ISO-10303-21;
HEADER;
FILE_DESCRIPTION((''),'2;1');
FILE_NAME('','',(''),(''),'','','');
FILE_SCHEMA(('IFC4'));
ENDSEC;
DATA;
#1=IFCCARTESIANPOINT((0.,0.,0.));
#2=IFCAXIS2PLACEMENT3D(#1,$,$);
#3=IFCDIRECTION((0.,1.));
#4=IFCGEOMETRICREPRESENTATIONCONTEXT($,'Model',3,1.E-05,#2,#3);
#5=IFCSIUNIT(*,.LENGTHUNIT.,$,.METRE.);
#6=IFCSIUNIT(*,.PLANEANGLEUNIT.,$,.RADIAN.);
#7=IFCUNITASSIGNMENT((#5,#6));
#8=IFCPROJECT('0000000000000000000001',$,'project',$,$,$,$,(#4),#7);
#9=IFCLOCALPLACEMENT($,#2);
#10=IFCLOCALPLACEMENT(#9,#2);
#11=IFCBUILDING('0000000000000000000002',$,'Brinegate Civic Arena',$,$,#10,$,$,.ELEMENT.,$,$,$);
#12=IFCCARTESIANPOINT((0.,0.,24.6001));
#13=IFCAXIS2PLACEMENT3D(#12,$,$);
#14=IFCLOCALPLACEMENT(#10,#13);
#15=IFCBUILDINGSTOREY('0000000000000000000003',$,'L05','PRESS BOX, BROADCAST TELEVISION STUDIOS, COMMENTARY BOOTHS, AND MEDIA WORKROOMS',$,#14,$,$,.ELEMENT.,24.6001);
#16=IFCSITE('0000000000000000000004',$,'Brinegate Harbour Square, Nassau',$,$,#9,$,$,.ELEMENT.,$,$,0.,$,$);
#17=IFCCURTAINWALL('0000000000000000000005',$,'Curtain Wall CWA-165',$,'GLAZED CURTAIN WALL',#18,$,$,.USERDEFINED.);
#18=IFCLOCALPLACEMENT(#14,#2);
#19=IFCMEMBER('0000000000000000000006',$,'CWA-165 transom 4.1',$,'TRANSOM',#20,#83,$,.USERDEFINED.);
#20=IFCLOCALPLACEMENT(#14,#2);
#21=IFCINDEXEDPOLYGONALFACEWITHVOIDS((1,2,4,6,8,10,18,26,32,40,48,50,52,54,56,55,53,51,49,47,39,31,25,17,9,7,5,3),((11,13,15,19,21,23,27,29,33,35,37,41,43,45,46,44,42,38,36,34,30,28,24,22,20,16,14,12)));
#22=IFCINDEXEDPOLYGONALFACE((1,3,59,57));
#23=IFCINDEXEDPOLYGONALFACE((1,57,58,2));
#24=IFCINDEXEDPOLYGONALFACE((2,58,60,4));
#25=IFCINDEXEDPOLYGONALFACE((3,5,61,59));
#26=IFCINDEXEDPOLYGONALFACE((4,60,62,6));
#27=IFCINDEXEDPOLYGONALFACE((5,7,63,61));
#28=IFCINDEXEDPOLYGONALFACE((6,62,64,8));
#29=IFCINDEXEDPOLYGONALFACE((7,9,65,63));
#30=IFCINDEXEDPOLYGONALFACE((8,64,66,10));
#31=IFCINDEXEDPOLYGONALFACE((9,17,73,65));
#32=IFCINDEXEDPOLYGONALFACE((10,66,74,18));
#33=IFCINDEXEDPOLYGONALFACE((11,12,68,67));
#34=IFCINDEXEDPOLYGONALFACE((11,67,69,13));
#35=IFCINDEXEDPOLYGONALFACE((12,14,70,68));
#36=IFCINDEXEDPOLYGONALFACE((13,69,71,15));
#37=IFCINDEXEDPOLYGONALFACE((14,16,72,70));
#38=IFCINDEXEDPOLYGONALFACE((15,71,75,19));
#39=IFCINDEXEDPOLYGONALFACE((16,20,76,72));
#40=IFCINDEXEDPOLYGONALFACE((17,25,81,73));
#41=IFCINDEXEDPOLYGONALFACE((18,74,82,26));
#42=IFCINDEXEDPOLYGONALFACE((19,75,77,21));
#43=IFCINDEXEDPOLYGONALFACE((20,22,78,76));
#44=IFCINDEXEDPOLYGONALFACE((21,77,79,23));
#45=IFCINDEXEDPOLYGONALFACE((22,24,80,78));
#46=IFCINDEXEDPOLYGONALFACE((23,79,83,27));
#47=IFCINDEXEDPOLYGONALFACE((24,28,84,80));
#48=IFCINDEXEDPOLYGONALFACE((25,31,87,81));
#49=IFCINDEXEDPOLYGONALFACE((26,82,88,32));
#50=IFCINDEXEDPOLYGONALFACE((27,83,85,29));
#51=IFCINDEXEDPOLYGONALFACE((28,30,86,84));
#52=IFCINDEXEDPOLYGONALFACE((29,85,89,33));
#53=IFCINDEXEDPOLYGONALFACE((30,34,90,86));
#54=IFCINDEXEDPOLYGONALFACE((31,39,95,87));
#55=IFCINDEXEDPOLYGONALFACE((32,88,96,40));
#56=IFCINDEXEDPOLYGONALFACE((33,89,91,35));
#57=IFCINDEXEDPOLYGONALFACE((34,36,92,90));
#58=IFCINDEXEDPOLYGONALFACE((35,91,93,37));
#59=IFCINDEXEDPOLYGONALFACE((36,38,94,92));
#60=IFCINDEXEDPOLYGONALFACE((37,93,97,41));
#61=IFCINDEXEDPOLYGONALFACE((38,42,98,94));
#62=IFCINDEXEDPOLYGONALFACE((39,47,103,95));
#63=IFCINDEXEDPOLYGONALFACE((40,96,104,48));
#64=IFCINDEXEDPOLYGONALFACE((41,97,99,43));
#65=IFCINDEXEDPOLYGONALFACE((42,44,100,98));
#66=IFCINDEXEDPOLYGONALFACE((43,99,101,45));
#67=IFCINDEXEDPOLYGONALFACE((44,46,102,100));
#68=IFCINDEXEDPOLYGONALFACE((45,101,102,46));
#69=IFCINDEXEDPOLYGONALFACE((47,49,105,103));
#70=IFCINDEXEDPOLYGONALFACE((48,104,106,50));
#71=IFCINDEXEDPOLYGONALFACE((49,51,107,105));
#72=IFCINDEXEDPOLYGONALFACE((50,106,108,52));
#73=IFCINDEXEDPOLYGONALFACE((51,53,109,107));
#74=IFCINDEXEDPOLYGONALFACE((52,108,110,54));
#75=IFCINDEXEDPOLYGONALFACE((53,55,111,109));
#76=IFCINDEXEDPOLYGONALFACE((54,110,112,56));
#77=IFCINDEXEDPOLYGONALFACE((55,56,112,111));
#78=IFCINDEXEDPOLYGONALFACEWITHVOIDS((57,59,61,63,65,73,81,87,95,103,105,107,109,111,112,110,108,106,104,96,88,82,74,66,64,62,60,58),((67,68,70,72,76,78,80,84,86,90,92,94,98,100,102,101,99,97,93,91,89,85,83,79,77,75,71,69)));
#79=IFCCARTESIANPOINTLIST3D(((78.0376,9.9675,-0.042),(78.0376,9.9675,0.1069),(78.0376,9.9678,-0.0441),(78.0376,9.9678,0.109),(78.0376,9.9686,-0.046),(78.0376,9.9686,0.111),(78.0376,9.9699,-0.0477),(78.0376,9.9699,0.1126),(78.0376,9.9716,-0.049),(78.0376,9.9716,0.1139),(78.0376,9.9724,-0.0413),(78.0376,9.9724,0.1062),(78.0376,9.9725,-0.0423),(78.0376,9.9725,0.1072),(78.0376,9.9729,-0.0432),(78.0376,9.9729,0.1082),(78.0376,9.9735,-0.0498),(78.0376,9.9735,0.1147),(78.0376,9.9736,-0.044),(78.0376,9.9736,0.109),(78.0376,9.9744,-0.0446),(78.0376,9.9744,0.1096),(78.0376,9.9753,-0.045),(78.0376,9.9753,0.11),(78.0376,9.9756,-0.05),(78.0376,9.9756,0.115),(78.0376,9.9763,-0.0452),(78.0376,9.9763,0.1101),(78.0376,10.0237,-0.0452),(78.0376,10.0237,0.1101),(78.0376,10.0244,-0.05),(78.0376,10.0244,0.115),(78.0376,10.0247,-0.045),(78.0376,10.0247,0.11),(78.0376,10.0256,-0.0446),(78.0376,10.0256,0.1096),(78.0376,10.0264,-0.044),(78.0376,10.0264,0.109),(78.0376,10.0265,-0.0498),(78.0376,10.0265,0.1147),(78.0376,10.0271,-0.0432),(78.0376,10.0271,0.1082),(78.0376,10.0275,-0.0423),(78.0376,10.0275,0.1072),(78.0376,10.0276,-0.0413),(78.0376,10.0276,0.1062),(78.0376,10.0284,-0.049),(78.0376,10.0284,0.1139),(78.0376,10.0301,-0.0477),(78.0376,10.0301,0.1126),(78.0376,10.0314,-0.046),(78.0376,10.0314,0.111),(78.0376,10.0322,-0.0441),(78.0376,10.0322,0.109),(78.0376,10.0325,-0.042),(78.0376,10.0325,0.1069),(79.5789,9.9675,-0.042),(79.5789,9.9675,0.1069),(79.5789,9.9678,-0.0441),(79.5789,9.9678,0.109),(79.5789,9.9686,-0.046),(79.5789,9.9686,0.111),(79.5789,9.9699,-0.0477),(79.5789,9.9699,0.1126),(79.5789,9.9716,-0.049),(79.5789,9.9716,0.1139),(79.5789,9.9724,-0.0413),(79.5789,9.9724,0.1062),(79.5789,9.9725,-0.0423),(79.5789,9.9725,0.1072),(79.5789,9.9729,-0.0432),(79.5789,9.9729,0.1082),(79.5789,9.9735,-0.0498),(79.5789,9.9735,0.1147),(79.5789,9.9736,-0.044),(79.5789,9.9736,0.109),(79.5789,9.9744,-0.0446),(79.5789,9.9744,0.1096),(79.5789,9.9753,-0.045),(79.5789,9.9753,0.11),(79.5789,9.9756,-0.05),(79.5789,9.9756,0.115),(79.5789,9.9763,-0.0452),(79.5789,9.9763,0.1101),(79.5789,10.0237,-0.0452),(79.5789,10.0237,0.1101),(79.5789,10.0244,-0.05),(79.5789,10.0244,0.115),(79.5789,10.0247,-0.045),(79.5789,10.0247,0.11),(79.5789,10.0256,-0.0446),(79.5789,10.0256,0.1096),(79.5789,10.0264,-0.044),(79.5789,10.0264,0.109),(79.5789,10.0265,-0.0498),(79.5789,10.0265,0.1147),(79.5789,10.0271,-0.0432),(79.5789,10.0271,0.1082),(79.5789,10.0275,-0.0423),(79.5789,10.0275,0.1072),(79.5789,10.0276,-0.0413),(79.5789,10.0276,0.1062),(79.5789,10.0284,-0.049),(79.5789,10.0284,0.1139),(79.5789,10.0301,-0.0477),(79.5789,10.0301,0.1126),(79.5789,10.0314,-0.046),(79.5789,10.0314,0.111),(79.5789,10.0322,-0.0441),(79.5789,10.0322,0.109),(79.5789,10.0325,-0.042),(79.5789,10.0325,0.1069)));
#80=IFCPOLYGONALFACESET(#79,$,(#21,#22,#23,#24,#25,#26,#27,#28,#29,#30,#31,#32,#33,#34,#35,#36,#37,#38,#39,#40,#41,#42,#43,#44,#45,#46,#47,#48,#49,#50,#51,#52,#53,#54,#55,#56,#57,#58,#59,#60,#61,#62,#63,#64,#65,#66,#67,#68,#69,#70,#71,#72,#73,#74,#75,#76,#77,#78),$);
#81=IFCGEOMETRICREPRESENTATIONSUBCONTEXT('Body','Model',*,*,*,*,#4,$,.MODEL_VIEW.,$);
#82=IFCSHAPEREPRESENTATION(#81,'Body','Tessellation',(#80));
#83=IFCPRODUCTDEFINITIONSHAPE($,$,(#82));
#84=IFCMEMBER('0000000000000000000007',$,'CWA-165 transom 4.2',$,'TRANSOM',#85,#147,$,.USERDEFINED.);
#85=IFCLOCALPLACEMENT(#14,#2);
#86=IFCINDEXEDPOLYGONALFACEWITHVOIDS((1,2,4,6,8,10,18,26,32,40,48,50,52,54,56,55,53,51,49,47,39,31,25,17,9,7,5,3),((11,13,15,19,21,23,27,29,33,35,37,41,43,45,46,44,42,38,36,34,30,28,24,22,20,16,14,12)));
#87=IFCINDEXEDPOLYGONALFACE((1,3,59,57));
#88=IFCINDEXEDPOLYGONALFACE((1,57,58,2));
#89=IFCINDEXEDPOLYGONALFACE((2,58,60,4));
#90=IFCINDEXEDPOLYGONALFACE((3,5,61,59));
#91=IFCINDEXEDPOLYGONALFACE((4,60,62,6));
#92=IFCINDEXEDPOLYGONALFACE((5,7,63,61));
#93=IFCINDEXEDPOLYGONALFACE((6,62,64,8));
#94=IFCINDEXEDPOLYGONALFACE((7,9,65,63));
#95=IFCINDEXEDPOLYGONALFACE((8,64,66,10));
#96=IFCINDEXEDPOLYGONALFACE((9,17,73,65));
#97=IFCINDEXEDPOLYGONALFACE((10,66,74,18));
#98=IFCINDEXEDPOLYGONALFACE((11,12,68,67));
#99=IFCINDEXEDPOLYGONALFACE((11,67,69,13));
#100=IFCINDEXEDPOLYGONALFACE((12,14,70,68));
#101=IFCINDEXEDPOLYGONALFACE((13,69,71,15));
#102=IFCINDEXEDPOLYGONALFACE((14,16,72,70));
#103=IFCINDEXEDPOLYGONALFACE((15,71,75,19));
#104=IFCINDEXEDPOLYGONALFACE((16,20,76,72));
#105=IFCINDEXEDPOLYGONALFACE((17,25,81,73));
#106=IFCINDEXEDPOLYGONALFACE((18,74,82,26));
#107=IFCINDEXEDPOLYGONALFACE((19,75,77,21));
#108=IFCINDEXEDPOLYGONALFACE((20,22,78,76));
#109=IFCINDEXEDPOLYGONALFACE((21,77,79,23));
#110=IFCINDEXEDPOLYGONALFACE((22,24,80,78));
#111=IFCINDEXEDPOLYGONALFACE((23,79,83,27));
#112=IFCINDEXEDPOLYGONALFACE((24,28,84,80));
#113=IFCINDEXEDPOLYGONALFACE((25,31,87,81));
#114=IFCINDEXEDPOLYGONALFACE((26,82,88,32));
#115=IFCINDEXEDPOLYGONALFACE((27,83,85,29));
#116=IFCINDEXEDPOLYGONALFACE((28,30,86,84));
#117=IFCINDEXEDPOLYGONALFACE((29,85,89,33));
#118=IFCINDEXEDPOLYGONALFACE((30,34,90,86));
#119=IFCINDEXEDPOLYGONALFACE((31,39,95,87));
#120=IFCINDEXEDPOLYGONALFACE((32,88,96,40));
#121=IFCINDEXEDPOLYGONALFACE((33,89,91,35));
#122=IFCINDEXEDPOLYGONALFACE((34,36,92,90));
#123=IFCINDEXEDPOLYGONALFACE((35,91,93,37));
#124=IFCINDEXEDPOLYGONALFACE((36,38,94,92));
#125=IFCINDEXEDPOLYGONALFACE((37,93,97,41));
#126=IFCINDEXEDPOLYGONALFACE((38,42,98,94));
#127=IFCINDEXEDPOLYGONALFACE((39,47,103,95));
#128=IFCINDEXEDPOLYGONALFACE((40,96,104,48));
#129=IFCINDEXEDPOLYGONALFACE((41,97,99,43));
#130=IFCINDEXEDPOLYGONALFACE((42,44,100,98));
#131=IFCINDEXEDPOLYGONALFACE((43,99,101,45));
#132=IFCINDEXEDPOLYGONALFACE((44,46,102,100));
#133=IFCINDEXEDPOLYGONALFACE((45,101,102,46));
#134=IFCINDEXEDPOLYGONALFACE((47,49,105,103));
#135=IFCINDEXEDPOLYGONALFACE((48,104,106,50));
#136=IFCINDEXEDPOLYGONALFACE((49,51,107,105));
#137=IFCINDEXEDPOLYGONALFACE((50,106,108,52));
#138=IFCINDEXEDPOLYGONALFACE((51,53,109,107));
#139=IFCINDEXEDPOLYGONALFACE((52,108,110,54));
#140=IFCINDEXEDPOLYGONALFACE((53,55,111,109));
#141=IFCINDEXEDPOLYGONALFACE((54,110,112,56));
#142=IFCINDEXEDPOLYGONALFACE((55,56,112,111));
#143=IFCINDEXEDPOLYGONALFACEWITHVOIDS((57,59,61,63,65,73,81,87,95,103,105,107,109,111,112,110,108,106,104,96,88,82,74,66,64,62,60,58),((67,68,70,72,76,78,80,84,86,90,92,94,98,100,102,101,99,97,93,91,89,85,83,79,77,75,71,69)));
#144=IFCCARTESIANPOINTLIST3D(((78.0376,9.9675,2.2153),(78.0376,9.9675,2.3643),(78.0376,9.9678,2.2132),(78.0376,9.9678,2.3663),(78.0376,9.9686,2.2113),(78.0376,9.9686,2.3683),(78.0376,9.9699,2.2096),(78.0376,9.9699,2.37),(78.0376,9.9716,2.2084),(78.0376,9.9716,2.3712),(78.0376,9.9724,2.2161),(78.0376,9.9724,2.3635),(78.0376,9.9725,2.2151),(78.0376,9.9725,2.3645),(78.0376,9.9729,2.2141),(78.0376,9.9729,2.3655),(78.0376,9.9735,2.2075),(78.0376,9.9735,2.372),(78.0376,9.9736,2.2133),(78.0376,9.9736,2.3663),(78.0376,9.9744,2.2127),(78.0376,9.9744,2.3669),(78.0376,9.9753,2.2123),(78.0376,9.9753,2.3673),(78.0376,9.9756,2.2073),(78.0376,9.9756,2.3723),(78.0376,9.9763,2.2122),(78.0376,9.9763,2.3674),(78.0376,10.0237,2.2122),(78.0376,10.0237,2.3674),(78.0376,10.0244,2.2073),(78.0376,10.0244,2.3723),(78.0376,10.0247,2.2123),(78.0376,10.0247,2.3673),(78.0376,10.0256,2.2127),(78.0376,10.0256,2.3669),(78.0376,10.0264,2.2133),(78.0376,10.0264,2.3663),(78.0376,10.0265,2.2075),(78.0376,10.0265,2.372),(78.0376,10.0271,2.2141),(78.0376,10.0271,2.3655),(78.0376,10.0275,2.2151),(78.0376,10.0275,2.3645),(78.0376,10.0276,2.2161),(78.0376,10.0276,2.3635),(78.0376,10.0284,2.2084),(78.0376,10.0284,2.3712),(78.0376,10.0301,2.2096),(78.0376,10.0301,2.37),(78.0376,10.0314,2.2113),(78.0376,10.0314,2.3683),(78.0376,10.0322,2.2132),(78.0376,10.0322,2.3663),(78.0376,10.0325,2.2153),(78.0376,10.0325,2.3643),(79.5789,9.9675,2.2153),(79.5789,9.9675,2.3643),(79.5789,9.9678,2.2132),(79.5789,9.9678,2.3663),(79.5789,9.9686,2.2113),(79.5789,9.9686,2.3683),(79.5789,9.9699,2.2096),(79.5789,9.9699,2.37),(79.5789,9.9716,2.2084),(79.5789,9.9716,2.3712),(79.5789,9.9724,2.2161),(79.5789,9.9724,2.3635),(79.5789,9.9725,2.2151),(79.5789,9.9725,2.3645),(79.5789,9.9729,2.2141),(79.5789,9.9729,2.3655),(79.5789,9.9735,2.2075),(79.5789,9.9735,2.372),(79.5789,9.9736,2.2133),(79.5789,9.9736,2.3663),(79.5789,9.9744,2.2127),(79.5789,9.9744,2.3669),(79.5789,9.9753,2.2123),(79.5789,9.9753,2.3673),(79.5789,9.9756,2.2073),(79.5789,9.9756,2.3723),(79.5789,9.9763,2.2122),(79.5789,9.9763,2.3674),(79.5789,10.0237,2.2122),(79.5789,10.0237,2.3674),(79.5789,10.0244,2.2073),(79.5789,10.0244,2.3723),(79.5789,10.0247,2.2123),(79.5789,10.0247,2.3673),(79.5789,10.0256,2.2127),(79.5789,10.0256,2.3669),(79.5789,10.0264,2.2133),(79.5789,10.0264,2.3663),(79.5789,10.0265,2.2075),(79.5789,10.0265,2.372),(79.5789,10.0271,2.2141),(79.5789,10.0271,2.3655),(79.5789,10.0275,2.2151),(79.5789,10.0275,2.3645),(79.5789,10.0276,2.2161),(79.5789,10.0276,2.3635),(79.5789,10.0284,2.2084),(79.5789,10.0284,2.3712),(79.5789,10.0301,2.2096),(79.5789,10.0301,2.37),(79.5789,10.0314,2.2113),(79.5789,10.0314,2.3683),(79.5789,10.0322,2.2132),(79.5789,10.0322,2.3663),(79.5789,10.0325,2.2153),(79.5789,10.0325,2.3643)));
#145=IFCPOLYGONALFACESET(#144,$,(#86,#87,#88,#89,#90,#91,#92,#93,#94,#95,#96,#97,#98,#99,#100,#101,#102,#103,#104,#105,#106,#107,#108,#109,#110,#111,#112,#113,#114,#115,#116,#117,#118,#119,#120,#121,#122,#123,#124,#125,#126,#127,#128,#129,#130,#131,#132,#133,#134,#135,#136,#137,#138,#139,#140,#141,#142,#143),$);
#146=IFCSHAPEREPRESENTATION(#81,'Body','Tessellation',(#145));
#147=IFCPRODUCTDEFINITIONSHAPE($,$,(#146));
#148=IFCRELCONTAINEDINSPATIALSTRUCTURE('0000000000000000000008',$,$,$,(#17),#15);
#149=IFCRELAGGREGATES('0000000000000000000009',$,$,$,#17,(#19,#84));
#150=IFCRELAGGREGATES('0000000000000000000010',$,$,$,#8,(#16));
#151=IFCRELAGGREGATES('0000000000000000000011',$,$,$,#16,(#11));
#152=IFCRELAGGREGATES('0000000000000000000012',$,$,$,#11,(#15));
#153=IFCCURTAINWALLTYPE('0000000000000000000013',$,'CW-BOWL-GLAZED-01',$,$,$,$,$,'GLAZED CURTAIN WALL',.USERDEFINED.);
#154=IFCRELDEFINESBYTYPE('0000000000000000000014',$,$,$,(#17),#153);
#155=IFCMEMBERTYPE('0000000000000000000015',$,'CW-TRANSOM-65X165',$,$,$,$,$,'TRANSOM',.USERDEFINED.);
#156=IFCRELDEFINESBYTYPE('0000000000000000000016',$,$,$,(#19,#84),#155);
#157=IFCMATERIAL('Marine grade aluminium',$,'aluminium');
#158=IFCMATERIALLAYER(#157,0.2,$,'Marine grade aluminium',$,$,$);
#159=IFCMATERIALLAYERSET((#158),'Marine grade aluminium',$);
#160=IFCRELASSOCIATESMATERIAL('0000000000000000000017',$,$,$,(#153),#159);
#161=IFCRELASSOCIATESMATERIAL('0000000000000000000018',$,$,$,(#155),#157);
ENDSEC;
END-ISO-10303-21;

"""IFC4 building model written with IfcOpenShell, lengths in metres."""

from ifc_helpers import new_model, si_unit, direction, frame, origin, origin_2d, place, context, subcontext, project, spatial, hollow_rectangle, extrude, material, layer, layer_set, material_profile, profile_set, type_object, element, aggregate, save


model = new_model("IFC4")

# Units and contexts
model_context = context("Model", 3, precision=1e-05, world=origin(), true_north=direction((0.0, 1.0)))
body_context = subcontext(model_context, "Body", "Model", "MODEL_VIEW")
ifc_project = project(units=[si_unit("LENGTHUNIT", "METRE"), si_unit("PLANEANGLEUNIT", "RADIAN")], contexts=[model_context])

# Site, building, storey
site_placement = place(None, origin())
site = spatial("IfcSite", under=ifc_project, at=site_placement, Name="Brinegate Harbour Square, Nassau", CompositionType="ELEMENT", RefElevation=0.0)
building_placement = place(site_placement, origin())
building = spatial("IfcBuilding", under=site, at=building_placement, Name="Brinegate Civic Arena", CompositionType="ELEMENT")
storey_placement = place(building_placement, frame((0.0, 0.0, 24.6001)))
storey = spatial("IfcBuildingStorey", under=building, at=storey_placement, Name="L05", Description="PRESS BOX, BROADCAST TELEVISION STUDIOS, COMMENTARY BOOTHS, AND MEDIA WORKROOMS", CompositionType="ELEMENT", Elevation=24.6001)

# Curtain wall, members
ifc_material_1 = material(Name="Marine grade aluminium", Category="aluminium")
ifc_layer_1 = layer(ifc_material_1, 0.2, Name="Marine grade aluminium")
ifc_layer_set_1 = layer_set([ifc_layer_1], Name="Marine grade aluminium")
curtain_wall_type = type_object("IfcCurtainWallType", Name="CW-BOWL-GLAZED-01", ElementType="GLAZED CURTAIN WALL", PredefinedType="USERDEFINED", material=ifc_layer_set_1)
curtain_wall_placement = place(storey_placement, origin())
curtain_wall = element("IfcCurtainWall", 1, at=curtain_wall_placement, inside=storey, type_object=curtain_wall_type, Name="Curtain Wall CWA-165", ObjectType="GLAZED CURTAIN WALL", PredefinedType="USERDEFINED")
ifc_material_profile_1 = material_profile(ifc_material_1, hollow_rectangle(XDim=0.0649, YDim=0.165, WallThickness=0.0049, InnerFilletRadius=0.0039, OuterFilletRadius=0.0081, at=origin_2d()), Name="TRN65X165")
ifc_profile_set_1 = profile_set([ifc_material_profile_1], Name="Marine grade aluminium")
member_type_1 = type_object("IfcMemberType", Name="CW-TRANSOM-65X165", ElementType="TRANSOM", PredefinedType="USERDEFINED", material=ifc_profile_set_1)
member_1_placement = place(storey_placement, frame((78.0376, 10.0, 0.0325), z_axis=(1.0, 0.0, 0.0), x_axis=(0.0, 1.0, 0.0)))
member_1 = element("IfcMember", 2, at=member_1_placement, type_object=member_type_1, Name="CWA-165 transom 4.1", ObjectType="TRANSOM", PredefinedType="USERDEFINED", context=body_context, shape_type="SweptSolid", body=[
    extrude(hollow_rectangle(XDim=0.0649, YDim=0.165, WallThickness=0.0049, InnerFilletRadius=0.0039, OuterFilletRadius=0.0081, at=origin_2d()), origin(), (0.0, 0.0, 1.0), 1.5413),
])
member_2_placement = place(storey_placement, frame((78.0376, 10.0, 2.2898), z_axis=(1.0, 0.0, 0.0), x_axis=(0.0, 1.0, 0.0)))
member_2 = element("IfcMember", 3, at=member_2_placement, type_object=member_type_1, Name="CWA-165 transom 4.2", ObjectType="TRANSOM", PredefinedType="USERDEFINED", context=body_context, shape_type="SweptSolid", body=[
    extrude(hollow_rectangle(XDim=0.0649, YDim=0.165, WallThickness=0.0049, InnerFilletRadius=0.0039, OuterFilletRadius=0.0081, at=origin_2d()), origin(), (0.0, 0.0, 1.0), 1.5413),
])
aggregate(curtain_wall, [member_1, member_2])

save(model, "model.ifc")
